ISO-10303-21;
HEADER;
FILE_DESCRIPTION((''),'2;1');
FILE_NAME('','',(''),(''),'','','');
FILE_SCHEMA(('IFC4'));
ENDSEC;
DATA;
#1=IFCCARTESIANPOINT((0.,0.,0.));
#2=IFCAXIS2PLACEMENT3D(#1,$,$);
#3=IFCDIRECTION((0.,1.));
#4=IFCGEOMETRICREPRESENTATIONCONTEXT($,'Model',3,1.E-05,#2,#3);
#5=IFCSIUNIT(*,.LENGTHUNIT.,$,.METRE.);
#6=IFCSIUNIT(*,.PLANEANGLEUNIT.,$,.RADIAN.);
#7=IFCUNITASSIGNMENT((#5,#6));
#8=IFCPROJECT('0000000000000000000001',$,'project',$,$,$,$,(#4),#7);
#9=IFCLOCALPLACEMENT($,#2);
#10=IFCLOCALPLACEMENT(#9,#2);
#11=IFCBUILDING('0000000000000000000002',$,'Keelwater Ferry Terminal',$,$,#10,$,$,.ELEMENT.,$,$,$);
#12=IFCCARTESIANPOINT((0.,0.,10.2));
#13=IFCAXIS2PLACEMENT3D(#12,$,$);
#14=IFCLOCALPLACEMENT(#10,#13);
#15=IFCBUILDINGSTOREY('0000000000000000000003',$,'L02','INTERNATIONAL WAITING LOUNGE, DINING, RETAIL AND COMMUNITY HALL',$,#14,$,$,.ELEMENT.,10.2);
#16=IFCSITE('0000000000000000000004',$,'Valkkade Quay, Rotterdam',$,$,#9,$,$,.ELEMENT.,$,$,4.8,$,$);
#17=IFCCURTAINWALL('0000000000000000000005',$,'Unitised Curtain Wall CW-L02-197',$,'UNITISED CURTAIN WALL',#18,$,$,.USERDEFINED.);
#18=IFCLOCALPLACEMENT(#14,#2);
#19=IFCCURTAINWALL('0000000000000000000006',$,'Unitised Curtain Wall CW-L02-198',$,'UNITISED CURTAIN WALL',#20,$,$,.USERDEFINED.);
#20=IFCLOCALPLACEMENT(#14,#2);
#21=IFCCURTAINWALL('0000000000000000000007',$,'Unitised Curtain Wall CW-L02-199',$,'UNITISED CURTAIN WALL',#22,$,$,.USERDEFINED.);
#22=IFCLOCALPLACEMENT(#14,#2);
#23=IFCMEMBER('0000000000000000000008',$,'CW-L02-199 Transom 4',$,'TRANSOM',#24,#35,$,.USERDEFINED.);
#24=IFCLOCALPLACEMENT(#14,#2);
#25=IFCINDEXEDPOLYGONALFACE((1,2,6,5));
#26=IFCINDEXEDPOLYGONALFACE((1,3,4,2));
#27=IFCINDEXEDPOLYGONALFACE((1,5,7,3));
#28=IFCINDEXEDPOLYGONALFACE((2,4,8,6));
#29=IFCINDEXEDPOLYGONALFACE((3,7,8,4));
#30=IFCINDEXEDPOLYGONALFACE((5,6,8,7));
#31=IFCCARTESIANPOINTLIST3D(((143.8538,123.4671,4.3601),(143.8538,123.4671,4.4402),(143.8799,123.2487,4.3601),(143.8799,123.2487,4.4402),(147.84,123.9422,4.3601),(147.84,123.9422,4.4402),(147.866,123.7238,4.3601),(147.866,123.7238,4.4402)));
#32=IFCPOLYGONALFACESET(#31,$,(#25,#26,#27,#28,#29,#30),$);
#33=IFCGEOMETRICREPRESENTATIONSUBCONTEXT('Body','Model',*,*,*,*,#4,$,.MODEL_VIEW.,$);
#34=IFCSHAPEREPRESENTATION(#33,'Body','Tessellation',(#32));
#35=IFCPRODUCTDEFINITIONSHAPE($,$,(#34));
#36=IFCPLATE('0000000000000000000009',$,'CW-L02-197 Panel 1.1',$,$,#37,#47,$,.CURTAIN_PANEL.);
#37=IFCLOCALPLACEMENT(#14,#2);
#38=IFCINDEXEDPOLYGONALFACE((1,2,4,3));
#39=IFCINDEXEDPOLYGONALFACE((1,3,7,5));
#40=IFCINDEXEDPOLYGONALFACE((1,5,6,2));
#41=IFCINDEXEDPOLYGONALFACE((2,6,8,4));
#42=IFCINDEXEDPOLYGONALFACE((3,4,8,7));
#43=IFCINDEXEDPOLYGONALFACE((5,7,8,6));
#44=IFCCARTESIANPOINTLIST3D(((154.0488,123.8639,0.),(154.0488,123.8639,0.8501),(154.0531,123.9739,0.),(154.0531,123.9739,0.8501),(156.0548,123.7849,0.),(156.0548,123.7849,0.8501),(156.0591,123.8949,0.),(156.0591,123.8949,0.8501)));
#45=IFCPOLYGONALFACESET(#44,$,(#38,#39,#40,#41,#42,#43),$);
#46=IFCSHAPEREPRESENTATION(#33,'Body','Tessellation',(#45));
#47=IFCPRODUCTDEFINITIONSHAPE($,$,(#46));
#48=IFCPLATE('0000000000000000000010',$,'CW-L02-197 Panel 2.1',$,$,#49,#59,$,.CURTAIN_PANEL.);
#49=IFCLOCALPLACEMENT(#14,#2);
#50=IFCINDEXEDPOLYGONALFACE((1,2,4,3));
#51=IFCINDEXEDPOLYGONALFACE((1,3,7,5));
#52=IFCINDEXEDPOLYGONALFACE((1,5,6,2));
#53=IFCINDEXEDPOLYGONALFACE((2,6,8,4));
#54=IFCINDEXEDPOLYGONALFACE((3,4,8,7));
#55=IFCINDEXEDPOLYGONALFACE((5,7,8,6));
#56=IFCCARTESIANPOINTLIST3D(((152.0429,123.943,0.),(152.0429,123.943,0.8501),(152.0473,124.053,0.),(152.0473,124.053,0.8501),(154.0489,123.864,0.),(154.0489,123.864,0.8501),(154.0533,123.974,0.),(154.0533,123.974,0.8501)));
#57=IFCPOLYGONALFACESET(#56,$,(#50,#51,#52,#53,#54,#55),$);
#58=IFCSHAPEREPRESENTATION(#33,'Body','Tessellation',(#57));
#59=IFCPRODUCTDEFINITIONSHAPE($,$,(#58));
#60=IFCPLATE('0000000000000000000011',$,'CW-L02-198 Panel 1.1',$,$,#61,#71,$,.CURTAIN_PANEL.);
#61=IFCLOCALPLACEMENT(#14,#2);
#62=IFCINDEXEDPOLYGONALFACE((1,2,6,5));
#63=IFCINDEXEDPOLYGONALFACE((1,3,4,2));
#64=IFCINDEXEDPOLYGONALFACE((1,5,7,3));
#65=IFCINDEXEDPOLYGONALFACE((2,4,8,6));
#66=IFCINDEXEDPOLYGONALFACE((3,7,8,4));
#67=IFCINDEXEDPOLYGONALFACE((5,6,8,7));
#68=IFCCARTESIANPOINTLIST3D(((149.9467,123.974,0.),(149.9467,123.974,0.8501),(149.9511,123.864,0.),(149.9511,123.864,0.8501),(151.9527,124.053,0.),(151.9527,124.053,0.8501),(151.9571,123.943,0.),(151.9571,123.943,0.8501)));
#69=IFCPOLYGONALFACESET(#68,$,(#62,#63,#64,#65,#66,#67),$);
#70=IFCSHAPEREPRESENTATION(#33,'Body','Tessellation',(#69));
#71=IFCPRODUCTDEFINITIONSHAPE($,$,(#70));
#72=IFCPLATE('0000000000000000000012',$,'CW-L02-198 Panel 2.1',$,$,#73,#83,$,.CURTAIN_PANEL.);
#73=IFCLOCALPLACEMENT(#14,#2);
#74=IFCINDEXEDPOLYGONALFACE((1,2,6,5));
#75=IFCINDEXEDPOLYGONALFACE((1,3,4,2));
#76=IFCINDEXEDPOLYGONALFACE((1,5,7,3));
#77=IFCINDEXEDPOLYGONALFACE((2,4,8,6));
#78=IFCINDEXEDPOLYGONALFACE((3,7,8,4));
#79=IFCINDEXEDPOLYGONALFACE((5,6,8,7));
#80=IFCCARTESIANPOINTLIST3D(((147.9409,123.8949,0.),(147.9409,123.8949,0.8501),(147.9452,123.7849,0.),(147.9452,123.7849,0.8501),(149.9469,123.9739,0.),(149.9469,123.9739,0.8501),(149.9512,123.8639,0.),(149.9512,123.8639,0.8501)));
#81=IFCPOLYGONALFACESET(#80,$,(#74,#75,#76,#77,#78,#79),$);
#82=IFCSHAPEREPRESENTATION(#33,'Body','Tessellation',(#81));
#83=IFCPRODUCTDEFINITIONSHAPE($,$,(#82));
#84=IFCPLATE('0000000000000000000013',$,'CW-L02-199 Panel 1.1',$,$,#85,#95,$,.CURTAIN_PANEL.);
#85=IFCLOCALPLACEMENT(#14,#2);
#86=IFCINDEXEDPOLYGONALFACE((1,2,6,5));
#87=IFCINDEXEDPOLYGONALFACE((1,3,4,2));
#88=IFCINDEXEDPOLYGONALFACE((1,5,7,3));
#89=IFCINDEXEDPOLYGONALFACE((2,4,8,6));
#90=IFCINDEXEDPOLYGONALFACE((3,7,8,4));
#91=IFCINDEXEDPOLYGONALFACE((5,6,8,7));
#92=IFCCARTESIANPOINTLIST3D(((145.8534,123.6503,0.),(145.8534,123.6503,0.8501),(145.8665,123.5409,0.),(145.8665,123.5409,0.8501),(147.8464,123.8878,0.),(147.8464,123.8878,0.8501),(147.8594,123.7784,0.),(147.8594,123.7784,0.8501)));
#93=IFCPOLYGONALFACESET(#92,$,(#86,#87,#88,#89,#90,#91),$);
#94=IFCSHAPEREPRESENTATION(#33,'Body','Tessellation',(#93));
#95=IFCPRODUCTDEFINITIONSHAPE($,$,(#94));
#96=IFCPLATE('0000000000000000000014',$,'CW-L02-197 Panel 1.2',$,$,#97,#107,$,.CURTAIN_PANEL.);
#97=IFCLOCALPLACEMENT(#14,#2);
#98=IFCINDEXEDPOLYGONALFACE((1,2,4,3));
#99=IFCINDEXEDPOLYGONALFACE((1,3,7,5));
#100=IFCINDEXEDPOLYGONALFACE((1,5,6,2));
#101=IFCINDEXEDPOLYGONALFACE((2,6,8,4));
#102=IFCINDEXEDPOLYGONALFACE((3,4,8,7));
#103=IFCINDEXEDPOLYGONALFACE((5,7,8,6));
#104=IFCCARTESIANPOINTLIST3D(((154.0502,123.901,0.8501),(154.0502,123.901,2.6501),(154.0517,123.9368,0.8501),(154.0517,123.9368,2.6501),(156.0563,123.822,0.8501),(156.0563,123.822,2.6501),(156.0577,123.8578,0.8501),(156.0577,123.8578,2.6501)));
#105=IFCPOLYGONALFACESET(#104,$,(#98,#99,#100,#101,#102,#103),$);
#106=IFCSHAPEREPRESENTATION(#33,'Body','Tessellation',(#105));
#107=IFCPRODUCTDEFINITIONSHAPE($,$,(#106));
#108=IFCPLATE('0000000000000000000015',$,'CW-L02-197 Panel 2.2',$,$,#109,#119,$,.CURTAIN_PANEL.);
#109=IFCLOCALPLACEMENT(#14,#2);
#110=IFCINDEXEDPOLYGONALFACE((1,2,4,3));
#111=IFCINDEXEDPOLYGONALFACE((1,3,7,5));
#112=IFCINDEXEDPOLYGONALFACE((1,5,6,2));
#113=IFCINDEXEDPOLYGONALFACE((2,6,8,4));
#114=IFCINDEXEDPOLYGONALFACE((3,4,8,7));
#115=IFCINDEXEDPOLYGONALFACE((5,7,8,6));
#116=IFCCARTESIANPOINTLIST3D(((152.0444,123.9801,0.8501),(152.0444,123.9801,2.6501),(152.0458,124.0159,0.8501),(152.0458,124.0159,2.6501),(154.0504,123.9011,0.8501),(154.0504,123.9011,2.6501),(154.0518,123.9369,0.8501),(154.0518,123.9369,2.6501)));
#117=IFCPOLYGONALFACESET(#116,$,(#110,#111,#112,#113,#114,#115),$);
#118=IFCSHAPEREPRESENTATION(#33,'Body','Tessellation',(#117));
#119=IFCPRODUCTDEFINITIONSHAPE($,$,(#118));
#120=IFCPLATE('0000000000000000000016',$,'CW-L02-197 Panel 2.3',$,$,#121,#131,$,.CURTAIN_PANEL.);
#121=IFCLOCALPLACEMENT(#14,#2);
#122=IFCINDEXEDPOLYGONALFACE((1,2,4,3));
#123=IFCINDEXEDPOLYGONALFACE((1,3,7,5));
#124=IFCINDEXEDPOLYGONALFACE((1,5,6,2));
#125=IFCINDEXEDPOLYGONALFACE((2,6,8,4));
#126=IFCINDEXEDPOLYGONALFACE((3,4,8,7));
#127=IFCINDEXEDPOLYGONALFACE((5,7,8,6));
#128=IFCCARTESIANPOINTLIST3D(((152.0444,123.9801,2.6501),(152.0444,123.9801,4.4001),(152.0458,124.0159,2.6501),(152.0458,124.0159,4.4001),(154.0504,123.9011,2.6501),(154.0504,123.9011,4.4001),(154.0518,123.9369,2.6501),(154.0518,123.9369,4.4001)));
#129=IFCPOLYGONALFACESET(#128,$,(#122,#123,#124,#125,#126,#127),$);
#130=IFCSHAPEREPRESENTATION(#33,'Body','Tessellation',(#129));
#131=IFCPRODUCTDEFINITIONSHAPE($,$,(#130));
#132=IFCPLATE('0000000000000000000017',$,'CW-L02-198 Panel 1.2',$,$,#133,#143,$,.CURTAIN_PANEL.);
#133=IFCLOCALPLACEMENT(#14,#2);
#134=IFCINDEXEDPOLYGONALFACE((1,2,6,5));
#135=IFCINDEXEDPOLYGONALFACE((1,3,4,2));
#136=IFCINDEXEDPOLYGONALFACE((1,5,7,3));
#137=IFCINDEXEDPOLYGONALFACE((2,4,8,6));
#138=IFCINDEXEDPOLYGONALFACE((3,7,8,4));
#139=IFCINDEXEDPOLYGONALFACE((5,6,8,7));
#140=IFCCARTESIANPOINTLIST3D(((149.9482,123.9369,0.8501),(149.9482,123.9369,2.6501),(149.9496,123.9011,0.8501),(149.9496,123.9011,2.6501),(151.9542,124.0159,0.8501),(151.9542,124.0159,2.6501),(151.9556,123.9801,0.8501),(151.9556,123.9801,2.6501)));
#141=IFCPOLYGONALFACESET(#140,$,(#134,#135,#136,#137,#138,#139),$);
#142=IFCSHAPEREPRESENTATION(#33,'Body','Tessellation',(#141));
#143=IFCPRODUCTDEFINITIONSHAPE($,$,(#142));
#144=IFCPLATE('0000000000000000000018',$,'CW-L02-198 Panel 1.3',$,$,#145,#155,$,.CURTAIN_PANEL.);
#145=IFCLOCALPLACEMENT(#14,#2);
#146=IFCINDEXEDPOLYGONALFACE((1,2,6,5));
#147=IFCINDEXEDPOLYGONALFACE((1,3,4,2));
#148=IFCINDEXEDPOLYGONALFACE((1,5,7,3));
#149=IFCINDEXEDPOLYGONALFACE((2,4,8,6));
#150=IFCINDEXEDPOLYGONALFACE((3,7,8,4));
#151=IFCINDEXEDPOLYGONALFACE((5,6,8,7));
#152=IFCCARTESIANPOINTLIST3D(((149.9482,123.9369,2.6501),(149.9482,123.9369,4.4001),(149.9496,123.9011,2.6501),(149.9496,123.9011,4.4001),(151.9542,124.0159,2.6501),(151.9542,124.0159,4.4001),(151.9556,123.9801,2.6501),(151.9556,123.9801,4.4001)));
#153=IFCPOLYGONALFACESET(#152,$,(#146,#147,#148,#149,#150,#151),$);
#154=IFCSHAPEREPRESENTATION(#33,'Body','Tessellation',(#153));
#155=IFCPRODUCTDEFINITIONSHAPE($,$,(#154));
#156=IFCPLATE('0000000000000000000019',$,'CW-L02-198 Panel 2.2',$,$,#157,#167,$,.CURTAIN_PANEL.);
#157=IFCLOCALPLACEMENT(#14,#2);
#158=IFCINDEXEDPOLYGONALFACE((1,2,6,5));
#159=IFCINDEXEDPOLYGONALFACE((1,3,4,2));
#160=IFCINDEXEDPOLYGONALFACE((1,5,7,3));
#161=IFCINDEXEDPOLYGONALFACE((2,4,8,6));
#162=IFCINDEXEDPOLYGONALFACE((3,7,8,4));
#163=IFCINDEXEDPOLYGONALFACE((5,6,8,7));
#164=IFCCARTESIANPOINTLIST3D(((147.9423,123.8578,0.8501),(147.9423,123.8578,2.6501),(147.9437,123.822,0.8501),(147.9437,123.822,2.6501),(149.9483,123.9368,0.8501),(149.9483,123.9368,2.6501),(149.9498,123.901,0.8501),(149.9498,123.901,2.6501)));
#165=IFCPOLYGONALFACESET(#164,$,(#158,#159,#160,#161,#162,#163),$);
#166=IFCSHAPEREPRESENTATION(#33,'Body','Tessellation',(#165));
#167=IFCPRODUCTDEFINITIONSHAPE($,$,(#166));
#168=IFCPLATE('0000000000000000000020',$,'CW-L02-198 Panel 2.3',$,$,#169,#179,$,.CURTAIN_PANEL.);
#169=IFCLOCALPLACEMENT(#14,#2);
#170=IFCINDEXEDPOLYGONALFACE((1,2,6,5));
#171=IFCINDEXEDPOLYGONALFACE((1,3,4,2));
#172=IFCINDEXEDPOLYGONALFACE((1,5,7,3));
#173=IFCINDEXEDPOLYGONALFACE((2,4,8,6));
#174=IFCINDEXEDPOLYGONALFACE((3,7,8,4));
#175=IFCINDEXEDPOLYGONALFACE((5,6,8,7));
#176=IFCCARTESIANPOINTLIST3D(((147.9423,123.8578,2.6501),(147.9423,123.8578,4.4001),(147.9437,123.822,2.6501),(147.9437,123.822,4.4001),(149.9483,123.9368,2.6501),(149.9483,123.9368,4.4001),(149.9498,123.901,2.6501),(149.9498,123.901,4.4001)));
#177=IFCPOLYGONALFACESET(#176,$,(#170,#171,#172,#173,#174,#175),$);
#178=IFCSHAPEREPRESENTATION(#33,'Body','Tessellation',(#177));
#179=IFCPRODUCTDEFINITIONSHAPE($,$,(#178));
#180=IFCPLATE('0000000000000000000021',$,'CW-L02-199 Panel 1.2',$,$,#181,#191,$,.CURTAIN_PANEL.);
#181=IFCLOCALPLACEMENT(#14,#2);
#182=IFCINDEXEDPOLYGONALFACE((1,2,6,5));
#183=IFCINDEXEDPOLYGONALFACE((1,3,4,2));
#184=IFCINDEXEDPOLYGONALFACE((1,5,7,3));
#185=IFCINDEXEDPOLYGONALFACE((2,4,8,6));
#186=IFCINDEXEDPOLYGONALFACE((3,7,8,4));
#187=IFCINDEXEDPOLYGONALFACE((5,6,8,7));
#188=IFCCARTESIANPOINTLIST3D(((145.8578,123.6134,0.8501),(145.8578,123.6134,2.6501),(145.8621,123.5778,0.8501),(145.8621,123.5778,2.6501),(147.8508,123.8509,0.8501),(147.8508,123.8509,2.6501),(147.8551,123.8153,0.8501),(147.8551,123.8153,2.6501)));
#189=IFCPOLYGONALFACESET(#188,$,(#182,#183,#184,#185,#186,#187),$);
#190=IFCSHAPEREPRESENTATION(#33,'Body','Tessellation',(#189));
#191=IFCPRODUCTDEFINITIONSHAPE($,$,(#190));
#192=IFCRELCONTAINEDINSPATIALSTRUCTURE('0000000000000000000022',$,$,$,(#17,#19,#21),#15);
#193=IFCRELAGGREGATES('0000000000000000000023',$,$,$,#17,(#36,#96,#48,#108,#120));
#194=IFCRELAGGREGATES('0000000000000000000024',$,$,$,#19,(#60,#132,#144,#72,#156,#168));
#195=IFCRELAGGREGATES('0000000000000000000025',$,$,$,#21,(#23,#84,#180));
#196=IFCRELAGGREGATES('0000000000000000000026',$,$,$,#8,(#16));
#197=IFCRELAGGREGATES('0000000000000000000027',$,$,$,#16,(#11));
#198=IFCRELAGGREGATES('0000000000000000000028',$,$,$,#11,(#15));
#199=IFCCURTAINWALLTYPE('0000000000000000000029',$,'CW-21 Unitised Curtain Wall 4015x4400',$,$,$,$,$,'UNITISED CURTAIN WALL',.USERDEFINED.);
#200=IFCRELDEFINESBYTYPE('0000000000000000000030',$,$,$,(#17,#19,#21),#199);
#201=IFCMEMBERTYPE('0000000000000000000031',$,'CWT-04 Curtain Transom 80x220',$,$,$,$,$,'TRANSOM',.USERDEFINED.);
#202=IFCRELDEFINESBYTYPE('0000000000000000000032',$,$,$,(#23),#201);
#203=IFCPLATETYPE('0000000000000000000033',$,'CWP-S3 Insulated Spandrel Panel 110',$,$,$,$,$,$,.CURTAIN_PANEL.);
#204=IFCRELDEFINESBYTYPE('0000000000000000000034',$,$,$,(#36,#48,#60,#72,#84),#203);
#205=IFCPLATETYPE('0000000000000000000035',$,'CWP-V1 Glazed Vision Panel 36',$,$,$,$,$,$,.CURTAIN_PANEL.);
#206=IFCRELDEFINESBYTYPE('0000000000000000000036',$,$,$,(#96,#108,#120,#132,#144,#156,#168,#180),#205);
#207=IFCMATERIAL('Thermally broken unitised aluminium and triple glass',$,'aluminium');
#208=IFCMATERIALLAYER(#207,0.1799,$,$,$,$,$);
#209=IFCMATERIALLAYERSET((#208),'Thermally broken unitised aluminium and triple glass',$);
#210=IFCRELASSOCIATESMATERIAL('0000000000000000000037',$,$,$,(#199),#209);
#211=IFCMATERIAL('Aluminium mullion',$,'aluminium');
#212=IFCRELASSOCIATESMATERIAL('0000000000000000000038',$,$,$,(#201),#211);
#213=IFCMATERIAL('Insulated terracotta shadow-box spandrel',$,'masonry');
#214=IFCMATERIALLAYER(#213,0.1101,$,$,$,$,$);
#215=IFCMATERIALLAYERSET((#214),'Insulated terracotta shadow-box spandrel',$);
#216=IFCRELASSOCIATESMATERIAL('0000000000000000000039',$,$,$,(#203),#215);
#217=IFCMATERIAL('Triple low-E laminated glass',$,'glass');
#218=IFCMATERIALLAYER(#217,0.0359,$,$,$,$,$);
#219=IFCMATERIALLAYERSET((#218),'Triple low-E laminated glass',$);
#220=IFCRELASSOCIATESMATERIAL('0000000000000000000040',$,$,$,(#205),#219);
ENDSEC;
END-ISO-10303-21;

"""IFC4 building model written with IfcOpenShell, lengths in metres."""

from ifc_helpers import new_model, si_unit, direction, frame, origin, origin_2d, place, context, subcontext, project, spatial, rectangle, extrude, material, layer, layer_set, material_profile, profile_set, type_object, element, aggregate, save


model = new_model("IFC4")

# Units and contexts
model_context = context("Model", 3, precision=1e-05, world=origin(), true_north=direction((0.0, 1.0)))
body_context = subcontext(model_context, "Body", "Model", "MODEL_VIEW")
ifc_project = project(units=[si_unit("LENGTHUNIT", "METRE"), si_unit("PLANEANGLEUNIT", "RADIAN")], contexts=[model_context])

# Site, building, storey
site_placement = place(None, origin())
site = spatial("IfcSite", under=ifc_project, at=site_placement, Name="Valkkade Quay, Rotterdam", CompositionType="ELEMENT", RefElevation=4.8)
building_placement = place(site_placement, origin())
building = spatial("IfcBuilding", under=site, at=building_placement, Name="Keelwater Ferry Terminal", CompositionType="ELEMENT")
storey_placement = place(building_placement, frame((0.0, 0.0, 10.2)))
storey = spatial("IfcBuildingStorey", under=building, at=storey_placement, Name="L02", Description="INTERNATIONAL WAITING LOUNGE, DINING, RETAIL AND COMMUNITY HALL", CompositionType="ELEMENT", Elevation=10.2)

# Curtain walls
ifc_material_1 = material(Name="Thermally broken unitised aluminium and triple glass", Category="aluminium")
ifc_layer_1 = layer(ifc_material_1, 0.1799)
ifc_layer_set_1 = layer_set([ifc_layer_1], Name="Thermally broken unitised aluminium and triple glass")
curtain_wall_type = type_object("IfcCurtainWallType", Name="CW-21 Unitised Curtain Wall 4015x4400", ElementType="UNITISED CURTAIN WALL", PredefinedType="USERDEFINED", material=ifc_layer_set_1)
curtain_wall_1_placement = place(storey_placement, origin())
curtain_wall_1 = element("IfcCurtainWall", 1, at=curtain_wall_1_placement, inside=storey, type_object=curtain_wall_type, Name="Unitised Curtain Wall CW-L02-197", ObjectType="UNITISED CURTAIN WALL", PredefinedType="USERDEFINED")
curtain_wall_2_placement = place(storey_placement, origin())
curtain_wall_2 = element("IfcCurtainWall", 2, at=curtain_wall_2_placement, inside=storey, type_object=curtain_wall_type, Name="Unitised Curtain Wall CW-L02-198", ObjectType="UNITISED CURTAIN WALL", PredefinedType="USERDEFINED")
curtain_wall_3_placement = place(storey_placement, origin())
curtain_wall_3 = element("IfcCurtainWall", 3, at=curtain_wall_3_placement, inside=storey, type_object=curtain_wall_type, Name="Unitised Curtain Wall CW-L02-199", ObjectType="UNITISED CURTAIN WALL", PredefinedType="USERDEFINED")

# Member
ifc_material_2 = material(Name="Aluminium mullion", Category="aluminium")
ifc_material_profile_1 = material_profile(ifc_material_2, rectangle(XDim=0.22, YDim=0.0801, at=origin_2d()), Name="CWT-04")
ifc_profile_set_1 = profile_set([ifc_material_profile_1], Name="Aluminium mullion")
member_type_1 = type_object("IfcMemberType", Name="CWT-04 Curtain Transom 80x220", ElementType="TRANSOM", PredefinedType="USERDEFINED", material=ifc_profile_set_1)
member_1_placement = place(storey_placement, frame((147.853, 123.833, 4.4001), z_axis=(-0.992972, -0.118351, 0.0), x_axis=(0.118351, -0.992972, 0.0)))
member_1 = element("IfcMember", 4, at=member_1_placement, type_object=member_type_1, Name="CW-L02-199 Transom 4", ObjectType="TRANSOM", PredefinedType="USERDEFINED", context=body_context, shape_type="SweptSolid", body=[
    extrude(rectangle(XDim=0.22, YDim=0.0801, at=origin_2d()), origin(), (0.0, 0.0, 1.0), 4.0144),
])

# Plates
ifc_material_3 = material(Name="Insulated terracotta shadow-box spandrel", Category="masonry")
ifc_layer_2 = layer(ifc_material_3, 0.1101)
ifc_layer_set_2 = layer_set([ifc_layer_2], Name="Insulated terracotta shadow-box spandrel")
plate_type_1 = type_object("IfcPlateType", Name="CWP-S3 Insulated Spandrel Panel 110", PredefinedType="CURTAIN_PANEL", material=ifc_layer_set_2)
plate_1_placement = place(storey_placement, frame((155.054, 123.8794, 0.0), z_axis=(0.0, 0.0, 1.0), x_axis=(-0.999225, 0.039351, 0.0)))
plate_1 = element("IfcPlate", 5, at=plate_1_placement, type_object=plate_type_1, Name="CW-L02-197 Panel 1.1", PredefinedType="CURTAIN_PANEL", context=body_context, shape_type="SweptSolid", body=[
    extrude(rectangle(XDim=2.0076, YDim=0.1101, at=origin_2d()), origin(), (0.0, 0.0, 1.0), 0.8501),
])
plate_2_placement = place(storey_placement, frame((153.0481, 123.9585, 0.0), z_axis=(0.0, 0.0, 1.0), x_axis=(-0.999225, 0.039351, 0.0)))
plate_2 = element("IfcPlate", 6, at=plate_2_placement, type_object=plate_type_1, Name="CW-L02-197 Panel 2.1", PredefinedType="CURTAIN_PANEL", context=body_context, shape_type="SweptSolid", body=[
    extrude(rectangle(XDim=2.0076, YDim=0.1101, at=origin_2d()), origin(), (0.0, 0.0, 1.0), 0.8501),
])
plate_3_placement = place(storey_placement, frame((150.9519, 123.9585, 0.0), z_axis=(0.0, 0.0, 1.0), x_axis=(-0.999225, -0.039351, 0.0)))
plate_3 = element("IfcPlate", 7, at=plate_3_placement, type_object=plate_type_1, Name="CW-L02-198 Panel 1.1", PredefinedType="CURTAIN_PANEL", context=body_context, shape_type="SweptSolid", body=[
    extrude(rectangle(XDim=2.0076, YDim=0.1101, at=origin_2d()), origin(), (0.0, 0.0, 1.0), 0.8501),
])
plate_4_placement = place(storey_placement, frame((148.946, 123.8794, 0.0), z_axis=(0.0, 0.0, 1.0), x_axis=(-0.999225, -0.039351, 0.0)))
plate_4 = element("IfcPlate", 8, at=plate_4_placement, type_object=plate_type_1, Name="CW-L02-198 Panel 2.1", PredefinedType="CURTAIN_PANEL", context=body_context, shape_type="SweptSolid", body=[
    extrude(rectangle(XDim=2.0076, YDim=0.1101, at=origin_2d()), origin(), (0.0, 0.0, 1.0), 0.8501),
])
plate_5_placement = place(storey_placement, frame((146.8564, 123.7144, 0.0), z_axis=(0.0, 0.0, 1.0), x_axis=(-0.992974, -0.11833, 0.0)))
plate_5 = element("IfcPlate", 9, at=plate_5_placement, type_object=plate_type_1, Name="CW-L02-199 Panel 1.1", PredefinedType="CURTAIN_PANEL", context=body_context, shape_type="SweptSolid", body=[
    extrude(rectangle(XDim=2.0071, YDim=0.1101, at=origin_2d()), origin(), (0.0, 0.0, 1.0), 0.8501),
])
ifc_material_4 = material(Name="Triple low-E laminated glass", Category="glass")
ifc_layer_3 = layer(ifc_material_4, 0.0359)
ifc_layer_set_3 = layer_set([ifc_layer_3], Name="Triple low-E laminated glass")
plate_type_2 = type_object("IfcPlateType", Name="CWP-V1 Glazed Vision Panel 36", PredefinedType="CURTAIN_PANEL", material=ifc_layer_set_3)
plate_6_placement = place(storey_placement, frame((155.054, 123.8794, 0.8501), z_axis=(0.0, 0.0, 1.0), x_axis=(-0.999225, 0.039351, 0.0)))
plate_6 = element("IfcPlate", 10, at=plate_6_placement, type_object=plate_type_2, Name="CW-L02-197 Panel 1.2", PredefinedType="CURTAIN_PANEL", context=body_context, shape_type="SweptSolid", body=[
    extrude(rectangle(XDim=2.0076, YDim=0.0359, at=origin_2d()), origin(), (0.0, 0.0, 1.0), 1.8),
])
plate_7_placement = place(storey_placement, frame((153.0481, 123.9585, 0.8501), z_axis=(0.0, 0.0, 1.0), x_axis=(-0.999225, 0.039351, 0.0)))
plate_7 = element("IfcPlate", 11, at=plate_7_placement, type_object=plate_type_2, Name="CW-L02-197 Panel 2.2", PredefinedType="CURTAIN_PANEL", context=body_context, shape_type="SweptSolid", body=[
    extrude(rectangle(XDim=2.0076, YDim=0.0359, at=origin_2d()), origin(), (0.0, 0.0, 1.0), 1.8),
])
plate_8_placement = place(storey_placement, frame((153.0481, 123.9585, 2.6501), z_axis=(0.0, 0.0, 1.0), x_axis=(-0.999225, 0.039351, 0.0)))
plate_8 = element("IfcPlate", 12, at=plate_8_placement, type_object=plate_type_2, Name="CW-L02-197 Panel 2.3", PredefinedType="CURTAIN_PANEL", context=body_context, shape_type="SweptSolid", body=[
    extrude(rectangle(XDim=2.0076, YDim=0.0359, at=origin_2d()), origin(), (0.0, 0.0, 1.0), 1.75),
])
aggregate(curtain_wall_1, [plate_1, plate_6, plate_2, plate_7, plate_8])
plate_9_placement = place(storey_placement, frame((150.9519, 123.9585, 0.8501), z_axis=(0.0, 0.0, 1.0), x_axis=(-0.999225, -0.039351, 0.0)))
plate_9 = element("IfcPlate", 13, at=plate_9_placement, type_object=plate_type_2, Name="CW-L02-198 Panel 1.2", PredefinedType="CURTAIN_PANEL", context=body_context, shape_type="SweptSolid", body=[
    extrude(rectangle(XDim=2.0076, YDim=0.0359, at=origin_2d()), origin(), (0.0, 0.0, 1.0), 1.8),
])
plate_10_placement = place(storey_placement, frame((150.9519, 123.9585, 2.6501), z_axis=(0.0, 0.0, 1.0), x_axis=(-0.999225, -0.039351, 0.0)))
plate_10 = element("IfcPlate", 14, at=plate_10_placement, type_object=plate_type_2, Name="CW-L02-198 Panel 1.3", PredefinedType="CURTAIN_PANEL", context=body_context, shape_type="SweptSolid", body=[
    extrude(rectangle(XDim=2.0076, YDim=0.0359, at=origin_2d()), origin(), (0.0, 0.0, 1.0), 1.75),
])
plate_11_placement = place(storey_placement, frame((148.946, 123.8794, 0.8501), z_axis=(0.0, 0.0, 1.0), x_axis=(-0.999225, -0.039351, 0.0)))
plate_11 = element("IfcPlate", 15, at=plate_11_placement, type_object=plate_type_2, Name="CW-L02-198 Panel 2.2", PredefinedType="CURTAIN_PANEL", context=body_context, shape_type="SweptSolid", body=[
    extrude(rectangle(XDim=2.0076, YDim=0.0359, at=origin_2d()), origin(), (0.0, 0.0, 1.0), 1.8),
])
plate_12_placement = place(storey_placement, frame((148.946, 123.8794, 2.6501), z_axis=(0.0, 0.0, 1.0), x_axis=(-0.999225, -0.039351, 0.0)))
plate_12 = element("IfcPlate", 16, at=plate_12_placement, type_object=plate_type_2, Name="CW-L02-198 Panel 2.3", PredefinedType="CURTAIN_PANEL", context=body_context, shape_type="SweptSolid", body=[
    extrude(rectangle(XDim=2.0076, YDim=0.0359, at=origin_2d()), origin(), (0.0, 0.0, 1.0), 1.75),
])
aggregate(curtain_wall_2, [plate_3, plate_9, plate_10, plate_4, plate_11, plate_12])
plate_13_placement = place(storey_placement, frame((146.8564, 123.7144, 0.8501), z_axis=(0.0, 0.0, 1.0), x_axis=(-0.992974, -0.11833, 0.0)))
plate_13 = element("IfcPlate", 17, at=plate_13_placement, type_object=plate_type_2, Name="CW-L02-199 Panel 1.2", PredefinedType="CURTAIN_PANEL", context=body_context, shape_type="SweptSolid", body=[
    extrude(rectangle(XDim=2.0071, YDim=0.0359, at=origin_2d()), origin(), (0.0, 0.0, 1.0), 1.8),
])
aggregate(curtain_wall_3, [member_1, plate_5, plate_13])

save(model, "model.ifc")
